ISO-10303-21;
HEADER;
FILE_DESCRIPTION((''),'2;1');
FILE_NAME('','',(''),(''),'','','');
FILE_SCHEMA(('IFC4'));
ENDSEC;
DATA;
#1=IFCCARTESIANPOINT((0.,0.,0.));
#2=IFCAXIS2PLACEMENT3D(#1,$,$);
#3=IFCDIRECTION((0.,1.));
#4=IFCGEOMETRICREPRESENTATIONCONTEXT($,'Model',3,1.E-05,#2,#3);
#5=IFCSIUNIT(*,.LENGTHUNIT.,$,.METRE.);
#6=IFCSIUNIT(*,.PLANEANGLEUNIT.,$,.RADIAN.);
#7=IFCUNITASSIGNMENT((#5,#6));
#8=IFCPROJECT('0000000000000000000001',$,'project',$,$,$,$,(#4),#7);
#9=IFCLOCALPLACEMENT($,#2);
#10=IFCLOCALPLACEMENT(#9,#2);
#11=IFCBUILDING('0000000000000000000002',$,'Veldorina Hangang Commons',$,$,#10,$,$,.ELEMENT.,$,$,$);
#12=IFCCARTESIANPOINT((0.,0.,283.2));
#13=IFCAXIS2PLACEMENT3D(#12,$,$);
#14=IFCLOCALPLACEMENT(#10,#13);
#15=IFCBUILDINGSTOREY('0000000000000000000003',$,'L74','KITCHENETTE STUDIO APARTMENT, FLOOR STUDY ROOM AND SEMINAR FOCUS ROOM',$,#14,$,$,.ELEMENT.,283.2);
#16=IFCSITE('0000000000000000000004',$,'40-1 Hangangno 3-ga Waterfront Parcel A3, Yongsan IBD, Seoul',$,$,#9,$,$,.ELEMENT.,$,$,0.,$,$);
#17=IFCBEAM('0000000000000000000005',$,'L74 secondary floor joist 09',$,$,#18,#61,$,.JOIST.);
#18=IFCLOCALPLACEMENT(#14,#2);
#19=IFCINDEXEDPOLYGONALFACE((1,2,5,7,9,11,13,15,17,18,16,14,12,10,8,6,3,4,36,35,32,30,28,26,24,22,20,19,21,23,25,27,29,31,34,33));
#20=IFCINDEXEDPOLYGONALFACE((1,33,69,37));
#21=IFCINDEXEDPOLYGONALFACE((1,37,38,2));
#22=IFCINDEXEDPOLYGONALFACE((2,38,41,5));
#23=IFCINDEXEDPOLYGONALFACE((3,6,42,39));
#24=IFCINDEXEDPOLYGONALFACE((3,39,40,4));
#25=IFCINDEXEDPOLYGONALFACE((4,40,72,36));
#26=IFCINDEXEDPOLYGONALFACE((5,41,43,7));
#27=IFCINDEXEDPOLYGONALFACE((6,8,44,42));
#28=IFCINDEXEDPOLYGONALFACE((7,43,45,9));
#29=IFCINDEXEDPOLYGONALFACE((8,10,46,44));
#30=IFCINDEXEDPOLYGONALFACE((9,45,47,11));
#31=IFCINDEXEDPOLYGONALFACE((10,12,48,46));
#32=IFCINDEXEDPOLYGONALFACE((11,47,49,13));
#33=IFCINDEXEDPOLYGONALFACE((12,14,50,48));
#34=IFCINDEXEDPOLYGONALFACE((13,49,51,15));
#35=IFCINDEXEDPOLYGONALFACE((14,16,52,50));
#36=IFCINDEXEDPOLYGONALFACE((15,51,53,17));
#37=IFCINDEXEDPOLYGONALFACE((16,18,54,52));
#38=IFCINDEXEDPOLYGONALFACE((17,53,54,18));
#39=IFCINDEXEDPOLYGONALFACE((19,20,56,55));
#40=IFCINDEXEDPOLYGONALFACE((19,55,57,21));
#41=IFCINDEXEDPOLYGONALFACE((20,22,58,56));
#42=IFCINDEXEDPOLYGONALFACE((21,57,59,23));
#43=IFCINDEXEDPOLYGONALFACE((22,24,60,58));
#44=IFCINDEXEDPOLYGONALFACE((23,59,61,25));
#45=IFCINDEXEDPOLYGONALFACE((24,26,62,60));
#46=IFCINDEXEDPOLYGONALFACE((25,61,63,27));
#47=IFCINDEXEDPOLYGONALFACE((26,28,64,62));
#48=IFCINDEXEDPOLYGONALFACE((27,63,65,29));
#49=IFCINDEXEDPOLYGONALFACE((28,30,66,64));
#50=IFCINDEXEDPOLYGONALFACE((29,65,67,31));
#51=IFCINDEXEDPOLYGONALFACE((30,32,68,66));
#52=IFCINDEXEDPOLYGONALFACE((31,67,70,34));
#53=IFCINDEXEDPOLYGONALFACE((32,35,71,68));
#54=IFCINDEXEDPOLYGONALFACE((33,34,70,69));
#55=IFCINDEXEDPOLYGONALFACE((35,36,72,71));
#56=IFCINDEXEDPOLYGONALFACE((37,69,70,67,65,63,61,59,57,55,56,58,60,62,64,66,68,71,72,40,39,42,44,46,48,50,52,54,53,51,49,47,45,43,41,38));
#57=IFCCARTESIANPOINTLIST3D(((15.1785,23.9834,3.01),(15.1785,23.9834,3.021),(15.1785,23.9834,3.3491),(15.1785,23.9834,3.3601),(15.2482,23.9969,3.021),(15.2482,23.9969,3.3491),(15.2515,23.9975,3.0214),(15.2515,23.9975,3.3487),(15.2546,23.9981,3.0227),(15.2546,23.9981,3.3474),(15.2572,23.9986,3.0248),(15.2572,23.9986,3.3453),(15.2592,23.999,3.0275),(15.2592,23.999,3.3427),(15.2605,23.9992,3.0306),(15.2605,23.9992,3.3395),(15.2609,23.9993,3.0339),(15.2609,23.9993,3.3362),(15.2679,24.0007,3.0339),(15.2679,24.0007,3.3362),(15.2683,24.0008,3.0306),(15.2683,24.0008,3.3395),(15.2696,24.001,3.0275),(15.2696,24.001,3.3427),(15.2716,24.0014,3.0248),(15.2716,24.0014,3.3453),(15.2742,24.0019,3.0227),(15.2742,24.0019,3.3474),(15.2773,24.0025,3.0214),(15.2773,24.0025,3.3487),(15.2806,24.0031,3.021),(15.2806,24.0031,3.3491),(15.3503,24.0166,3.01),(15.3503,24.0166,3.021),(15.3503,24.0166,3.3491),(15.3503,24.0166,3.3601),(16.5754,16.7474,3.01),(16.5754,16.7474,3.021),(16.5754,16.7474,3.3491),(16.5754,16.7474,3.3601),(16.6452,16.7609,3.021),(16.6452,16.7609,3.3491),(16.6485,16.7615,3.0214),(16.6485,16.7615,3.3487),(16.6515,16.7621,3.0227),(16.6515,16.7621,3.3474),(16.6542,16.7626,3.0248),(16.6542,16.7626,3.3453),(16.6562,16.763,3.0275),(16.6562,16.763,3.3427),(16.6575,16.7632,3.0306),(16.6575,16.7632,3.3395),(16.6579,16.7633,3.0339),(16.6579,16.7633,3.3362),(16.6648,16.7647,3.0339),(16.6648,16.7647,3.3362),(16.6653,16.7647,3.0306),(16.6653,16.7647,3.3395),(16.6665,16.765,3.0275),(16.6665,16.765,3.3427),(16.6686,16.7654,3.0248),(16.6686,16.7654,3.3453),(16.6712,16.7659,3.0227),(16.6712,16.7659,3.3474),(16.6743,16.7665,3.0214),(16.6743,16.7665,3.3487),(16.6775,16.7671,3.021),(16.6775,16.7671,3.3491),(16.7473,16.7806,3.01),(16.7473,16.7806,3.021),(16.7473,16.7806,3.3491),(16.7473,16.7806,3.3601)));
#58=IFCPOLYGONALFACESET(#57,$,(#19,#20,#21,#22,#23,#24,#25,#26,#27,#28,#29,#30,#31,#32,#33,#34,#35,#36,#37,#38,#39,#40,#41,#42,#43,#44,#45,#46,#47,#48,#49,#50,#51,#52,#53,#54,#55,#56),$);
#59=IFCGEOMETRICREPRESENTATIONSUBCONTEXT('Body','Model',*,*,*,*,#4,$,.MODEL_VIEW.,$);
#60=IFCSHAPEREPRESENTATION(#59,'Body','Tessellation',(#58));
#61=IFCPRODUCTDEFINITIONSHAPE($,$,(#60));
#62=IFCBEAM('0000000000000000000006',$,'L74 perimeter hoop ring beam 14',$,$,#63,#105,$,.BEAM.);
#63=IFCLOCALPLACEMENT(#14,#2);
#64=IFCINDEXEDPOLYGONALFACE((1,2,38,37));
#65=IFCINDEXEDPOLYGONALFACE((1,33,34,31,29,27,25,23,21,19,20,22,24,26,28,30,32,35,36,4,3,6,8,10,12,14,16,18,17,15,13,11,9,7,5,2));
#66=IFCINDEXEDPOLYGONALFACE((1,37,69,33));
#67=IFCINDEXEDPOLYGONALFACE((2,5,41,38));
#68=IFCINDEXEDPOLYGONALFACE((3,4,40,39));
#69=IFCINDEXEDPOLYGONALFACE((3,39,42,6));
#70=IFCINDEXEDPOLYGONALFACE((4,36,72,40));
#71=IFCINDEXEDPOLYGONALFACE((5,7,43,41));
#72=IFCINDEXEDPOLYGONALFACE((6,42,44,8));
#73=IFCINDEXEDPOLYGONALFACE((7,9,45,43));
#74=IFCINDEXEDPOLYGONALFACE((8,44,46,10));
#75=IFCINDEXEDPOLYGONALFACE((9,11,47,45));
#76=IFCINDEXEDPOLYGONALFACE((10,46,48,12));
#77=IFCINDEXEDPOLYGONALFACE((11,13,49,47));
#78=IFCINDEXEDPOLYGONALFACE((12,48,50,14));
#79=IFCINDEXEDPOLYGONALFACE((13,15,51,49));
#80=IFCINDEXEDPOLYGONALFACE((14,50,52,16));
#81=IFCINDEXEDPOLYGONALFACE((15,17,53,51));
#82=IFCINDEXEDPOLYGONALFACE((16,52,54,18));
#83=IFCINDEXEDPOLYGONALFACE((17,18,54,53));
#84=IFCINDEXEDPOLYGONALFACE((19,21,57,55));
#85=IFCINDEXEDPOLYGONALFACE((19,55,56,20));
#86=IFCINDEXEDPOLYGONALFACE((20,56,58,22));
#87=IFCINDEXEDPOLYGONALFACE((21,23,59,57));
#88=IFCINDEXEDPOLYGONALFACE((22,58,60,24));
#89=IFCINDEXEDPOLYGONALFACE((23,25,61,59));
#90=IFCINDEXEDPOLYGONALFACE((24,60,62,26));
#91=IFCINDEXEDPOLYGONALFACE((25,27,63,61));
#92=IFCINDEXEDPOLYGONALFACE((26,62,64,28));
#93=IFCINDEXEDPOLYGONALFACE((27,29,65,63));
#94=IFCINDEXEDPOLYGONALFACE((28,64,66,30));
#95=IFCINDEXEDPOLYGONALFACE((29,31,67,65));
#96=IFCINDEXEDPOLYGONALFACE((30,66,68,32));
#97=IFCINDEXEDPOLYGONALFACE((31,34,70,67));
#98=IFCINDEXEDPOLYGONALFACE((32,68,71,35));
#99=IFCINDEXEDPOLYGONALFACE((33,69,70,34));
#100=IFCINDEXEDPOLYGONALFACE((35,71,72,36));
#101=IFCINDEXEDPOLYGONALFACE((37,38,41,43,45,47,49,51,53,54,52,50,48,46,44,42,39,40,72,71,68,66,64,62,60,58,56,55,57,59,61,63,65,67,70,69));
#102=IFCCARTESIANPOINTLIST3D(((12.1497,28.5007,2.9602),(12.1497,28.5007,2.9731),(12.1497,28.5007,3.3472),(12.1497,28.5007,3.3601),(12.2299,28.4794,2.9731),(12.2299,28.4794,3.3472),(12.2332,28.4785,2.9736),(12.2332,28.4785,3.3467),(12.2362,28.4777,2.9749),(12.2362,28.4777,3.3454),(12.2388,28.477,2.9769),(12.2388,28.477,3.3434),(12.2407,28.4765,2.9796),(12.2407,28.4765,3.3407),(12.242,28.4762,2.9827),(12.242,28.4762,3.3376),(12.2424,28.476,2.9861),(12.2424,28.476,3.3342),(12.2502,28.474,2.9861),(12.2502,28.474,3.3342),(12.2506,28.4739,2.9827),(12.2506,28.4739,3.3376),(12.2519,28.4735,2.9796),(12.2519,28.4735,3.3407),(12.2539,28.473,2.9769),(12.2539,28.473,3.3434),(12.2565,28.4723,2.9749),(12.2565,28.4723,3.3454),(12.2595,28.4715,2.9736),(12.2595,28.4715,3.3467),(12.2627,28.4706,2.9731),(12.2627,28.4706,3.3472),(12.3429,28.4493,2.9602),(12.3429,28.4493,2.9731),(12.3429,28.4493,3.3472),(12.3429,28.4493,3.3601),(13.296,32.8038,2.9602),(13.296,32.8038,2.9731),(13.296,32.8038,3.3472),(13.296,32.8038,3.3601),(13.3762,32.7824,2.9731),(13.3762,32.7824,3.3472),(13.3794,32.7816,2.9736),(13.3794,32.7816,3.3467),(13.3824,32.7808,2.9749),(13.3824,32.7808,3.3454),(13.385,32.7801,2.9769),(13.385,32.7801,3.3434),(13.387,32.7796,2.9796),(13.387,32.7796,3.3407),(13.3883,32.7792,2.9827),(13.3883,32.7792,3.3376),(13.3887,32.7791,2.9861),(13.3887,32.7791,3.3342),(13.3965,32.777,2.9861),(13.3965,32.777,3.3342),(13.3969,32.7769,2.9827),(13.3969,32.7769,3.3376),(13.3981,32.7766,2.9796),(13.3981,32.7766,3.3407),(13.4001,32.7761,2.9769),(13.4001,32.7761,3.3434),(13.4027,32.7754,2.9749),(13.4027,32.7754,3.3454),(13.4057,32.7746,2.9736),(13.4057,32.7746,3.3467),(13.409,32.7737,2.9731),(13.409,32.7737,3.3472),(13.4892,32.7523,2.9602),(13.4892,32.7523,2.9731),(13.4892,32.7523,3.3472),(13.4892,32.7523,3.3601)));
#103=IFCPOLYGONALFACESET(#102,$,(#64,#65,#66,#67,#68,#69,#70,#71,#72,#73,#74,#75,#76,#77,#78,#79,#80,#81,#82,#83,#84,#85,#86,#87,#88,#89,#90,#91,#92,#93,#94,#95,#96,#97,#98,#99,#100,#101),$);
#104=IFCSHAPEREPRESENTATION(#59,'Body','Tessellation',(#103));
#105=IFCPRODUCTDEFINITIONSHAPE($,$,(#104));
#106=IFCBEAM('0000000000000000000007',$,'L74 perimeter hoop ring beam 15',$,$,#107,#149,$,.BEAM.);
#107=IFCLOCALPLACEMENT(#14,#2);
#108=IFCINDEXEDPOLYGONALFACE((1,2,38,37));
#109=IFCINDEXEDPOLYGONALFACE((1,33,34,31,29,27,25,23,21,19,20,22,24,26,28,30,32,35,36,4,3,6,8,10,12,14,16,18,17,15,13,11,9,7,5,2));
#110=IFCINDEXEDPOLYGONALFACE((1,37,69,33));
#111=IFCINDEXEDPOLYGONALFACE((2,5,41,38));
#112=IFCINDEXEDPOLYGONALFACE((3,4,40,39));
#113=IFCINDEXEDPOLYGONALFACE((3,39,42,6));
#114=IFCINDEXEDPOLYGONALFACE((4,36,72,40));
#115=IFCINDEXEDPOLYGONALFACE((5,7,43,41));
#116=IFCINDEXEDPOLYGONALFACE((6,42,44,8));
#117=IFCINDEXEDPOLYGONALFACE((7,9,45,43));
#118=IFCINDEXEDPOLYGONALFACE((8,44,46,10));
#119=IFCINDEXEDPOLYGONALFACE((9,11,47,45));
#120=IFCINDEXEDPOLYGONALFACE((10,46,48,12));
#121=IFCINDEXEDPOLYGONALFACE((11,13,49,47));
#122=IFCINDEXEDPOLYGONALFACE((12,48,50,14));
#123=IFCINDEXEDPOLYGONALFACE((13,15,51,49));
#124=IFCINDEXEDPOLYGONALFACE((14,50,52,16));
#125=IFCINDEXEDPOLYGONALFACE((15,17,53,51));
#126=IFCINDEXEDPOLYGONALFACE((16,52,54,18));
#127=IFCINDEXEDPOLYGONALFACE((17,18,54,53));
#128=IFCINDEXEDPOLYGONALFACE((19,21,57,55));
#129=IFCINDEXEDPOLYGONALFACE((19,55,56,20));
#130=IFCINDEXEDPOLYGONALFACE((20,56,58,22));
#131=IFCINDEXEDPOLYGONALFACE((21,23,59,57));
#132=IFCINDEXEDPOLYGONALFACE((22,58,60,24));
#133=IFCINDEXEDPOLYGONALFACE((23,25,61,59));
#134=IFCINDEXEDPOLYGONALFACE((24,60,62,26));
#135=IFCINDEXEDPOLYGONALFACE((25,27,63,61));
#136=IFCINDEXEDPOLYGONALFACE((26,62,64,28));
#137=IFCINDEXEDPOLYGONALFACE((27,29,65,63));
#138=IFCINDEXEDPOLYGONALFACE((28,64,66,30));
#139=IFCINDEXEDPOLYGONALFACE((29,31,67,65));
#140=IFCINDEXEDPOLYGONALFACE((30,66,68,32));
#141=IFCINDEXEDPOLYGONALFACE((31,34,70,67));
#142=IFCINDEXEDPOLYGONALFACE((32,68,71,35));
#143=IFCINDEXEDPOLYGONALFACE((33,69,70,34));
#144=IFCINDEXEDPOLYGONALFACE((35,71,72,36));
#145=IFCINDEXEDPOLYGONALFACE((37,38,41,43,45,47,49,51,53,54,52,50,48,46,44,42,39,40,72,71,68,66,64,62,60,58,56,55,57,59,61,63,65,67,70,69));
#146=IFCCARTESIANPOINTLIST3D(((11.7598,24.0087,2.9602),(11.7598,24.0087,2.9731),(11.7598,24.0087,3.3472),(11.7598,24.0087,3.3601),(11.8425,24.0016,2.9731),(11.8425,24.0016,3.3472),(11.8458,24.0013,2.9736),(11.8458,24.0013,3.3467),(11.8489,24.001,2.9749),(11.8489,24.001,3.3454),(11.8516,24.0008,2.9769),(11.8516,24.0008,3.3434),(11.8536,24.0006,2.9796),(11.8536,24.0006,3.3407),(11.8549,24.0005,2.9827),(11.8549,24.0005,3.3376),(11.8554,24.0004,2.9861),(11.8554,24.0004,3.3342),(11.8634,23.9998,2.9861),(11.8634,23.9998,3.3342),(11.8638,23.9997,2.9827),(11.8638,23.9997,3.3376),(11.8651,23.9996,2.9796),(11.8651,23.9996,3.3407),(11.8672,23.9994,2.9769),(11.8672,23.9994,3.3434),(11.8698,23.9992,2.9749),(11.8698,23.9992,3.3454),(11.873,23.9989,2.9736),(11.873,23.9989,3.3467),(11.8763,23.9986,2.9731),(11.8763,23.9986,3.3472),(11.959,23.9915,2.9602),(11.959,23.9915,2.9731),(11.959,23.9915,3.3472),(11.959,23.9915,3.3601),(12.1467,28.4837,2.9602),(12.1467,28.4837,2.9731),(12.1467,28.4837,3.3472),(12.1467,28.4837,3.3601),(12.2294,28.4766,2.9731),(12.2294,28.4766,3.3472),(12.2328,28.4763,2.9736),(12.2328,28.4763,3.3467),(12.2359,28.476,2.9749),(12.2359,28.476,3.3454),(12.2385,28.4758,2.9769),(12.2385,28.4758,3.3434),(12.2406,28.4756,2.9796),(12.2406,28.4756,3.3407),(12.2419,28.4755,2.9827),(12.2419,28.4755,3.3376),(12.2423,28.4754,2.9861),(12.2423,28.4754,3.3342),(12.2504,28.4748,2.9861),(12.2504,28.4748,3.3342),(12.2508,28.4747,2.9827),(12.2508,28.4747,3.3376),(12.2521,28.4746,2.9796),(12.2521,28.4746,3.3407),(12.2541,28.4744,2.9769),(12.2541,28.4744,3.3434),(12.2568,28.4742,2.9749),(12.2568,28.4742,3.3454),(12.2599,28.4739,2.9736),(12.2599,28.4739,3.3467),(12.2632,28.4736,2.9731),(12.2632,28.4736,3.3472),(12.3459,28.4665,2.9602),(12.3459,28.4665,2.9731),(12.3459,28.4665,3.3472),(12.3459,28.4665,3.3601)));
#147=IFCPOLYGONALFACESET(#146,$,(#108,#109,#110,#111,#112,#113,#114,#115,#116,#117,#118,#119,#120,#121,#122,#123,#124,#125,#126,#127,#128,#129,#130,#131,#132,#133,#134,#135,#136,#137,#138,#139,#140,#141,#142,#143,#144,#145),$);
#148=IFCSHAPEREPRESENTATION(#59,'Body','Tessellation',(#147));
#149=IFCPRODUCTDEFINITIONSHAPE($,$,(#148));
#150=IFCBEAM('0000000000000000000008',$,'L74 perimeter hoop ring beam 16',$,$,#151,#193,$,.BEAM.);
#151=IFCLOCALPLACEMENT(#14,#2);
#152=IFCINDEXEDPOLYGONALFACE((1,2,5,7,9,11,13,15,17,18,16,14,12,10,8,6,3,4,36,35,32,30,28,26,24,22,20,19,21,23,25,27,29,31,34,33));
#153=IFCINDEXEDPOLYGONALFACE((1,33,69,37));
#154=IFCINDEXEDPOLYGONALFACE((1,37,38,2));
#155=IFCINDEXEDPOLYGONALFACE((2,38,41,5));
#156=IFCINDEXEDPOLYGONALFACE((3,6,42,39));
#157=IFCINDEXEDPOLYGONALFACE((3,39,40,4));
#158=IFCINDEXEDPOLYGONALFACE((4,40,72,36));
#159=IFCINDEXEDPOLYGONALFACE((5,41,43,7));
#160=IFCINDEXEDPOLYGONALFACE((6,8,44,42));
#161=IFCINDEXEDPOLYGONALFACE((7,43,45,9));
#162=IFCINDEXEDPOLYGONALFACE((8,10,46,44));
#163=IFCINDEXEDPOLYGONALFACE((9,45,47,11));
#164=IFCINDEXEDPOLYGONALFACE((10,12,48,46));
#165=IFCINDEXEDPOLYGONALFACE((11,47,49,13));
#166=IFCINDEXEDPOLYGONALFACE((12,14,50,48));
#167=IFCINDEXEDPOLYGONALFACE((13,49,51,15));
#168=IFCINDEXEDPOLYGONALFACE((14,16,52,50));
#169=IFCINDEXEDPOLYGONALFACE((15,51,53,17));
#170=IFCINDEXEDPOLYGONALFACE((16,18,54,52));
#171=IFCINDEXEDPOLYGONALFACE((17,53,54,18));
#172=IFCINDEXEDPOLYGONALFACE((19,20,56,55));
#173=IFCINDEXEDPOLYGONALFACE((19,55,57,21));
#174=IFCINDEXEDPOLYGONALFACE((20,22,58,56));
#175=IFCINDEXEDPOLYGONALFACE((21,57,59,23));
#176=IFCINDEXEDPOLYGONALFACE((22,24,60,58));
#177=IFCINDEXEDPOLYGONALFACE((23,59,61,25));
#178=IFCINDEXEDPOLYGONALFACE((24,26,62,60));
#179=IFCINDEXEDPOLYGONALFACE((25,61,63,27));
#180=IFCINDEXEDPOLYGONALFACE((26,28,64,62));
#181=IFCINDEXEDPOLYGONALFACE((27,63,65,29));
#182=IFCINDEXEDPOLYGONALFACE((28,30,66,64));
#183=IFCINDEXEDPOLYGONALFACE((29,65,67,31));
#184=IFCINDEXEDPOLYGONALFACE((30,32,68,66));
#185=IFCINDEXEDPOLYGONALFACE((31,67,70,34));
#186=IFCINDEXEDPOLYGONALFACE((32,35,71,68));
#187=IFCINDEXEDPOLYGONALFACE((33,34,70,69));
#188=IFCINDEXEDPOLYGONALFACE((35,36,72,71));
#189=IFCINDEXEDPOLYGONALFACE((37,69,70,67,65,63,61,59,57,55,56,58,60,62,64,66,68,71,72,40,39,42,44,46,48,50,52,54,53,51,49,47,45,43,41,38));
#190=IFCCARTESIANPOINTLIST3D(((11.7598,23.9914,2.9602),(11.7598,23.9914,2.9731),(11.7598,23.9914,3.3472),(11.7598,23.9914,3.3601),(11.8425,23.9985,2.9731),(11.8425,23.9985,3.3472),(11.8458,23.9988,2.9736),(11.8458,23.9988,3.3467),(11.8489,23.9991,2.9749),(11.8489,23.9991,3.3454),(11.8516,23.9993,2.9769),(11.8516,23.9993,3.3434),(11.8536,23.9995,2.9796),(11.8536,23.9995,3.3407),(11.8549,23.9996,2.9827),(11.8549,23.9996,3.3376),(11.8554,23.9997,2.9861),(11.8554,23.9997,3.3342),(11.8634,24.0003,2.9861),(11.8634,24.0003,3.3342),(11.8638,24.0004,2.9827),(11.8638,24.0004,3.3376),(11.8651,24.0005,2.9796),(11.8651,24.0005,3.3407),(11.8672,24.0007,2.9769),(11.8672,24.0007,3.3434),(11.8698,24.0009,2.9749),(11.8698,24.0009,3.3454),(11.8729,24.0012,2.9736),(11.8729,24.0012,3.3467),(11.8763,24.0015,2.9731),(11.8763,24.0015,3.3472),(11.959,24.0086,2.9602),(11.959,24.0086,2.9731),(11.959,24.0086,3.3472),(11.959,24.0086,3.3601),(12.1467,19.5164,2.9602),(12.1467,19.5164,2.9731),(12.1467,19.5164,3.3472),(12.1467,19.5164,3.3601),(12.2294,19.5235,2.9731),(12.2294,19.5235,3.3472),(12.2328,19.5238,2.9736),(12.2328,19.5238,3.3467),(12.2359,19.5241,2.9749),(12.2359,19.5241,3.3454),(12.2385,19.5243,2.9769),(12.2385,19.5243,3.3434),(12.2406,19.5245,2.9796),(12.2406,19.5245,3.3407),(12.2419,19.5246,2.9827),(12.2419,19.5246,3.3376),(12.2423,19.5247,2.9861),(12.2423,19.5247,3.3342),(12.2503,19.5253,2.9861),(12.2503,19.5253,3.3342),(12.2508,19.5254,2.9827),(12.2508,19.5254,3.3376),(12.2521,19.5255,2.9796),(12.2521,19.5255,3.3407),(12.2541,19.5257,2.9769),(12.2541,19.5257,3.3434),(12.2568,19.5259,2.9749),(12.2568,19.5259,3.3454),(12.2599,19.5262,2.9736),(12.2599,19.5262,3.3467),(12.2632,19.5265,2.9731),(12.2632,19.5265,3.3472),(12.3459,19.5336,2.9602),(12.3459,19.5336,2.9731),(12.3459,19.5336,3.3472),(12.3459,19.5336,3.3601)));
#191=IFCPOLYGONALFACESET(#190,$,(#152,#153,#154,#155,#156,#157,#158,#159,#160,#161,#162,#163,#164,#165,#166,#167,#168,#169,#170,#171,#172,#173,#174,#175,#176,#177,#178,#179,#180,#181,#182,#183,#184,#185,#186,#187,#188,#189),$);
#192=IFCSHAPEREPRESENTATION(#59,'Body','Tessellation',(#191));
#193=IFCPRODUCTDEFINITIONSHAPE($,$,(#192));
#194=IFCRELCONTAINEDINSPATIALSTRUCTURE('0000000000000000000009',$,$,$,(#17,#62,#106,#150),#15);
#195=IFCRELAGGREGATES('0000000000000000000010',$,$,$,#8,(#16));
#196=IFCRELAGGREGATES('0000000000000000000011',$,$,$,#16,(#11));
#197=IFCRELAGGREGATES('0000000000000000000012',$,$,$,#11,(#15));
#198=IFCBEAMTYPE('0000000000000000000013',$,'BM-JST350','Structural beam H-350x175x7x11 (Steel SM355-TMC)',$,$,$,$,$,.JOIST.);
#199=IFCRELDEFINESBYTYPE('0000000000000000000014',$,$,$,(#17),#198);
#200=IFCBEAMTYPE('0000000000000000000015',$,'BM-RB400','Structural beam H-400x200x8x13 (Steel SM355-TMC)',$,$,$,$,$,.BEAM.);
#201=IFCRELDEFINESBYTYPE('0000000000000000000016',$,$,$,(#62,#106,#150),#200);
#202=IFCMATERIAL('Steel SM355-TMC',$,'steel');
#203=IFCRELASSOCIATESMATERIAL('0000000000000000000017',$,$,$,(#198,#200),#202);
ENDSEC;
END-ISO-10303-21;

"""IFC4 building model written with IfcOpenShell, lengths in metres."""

from ifc_helpers import new_model, si_unit, direction, frame, origin, origin_2d, place, context, subcontext, project, spatial, i_section, extrude, material, material_profile, profile_set, type_object, element, save


model = new_model("IFC4")

# Units and contexts
model_context = context("Model", 3, precision=1e-05, world=origin(), true_north=direction((0.0, 1.0)))
body_context = subcontext(model_context, "Body", "Model", "MODEL_VIEW")
ifc_project = project(units=[si_unit("LENGTHUNIT", "METRE"), si_unit("PLANEANGLEUNIT", "RADIAN")], contexts=[model_context])

# Site, building, storey
site_placement = place(None, origin())
site = spatial("IfcSite", under=ifc_project, at=site_placement, Name="40-1 Hangangno 3-ga Waterfront Parcel A3, Yongsan IBD, Seoul", CompositionType="ELEMENT", RefElevation=0.0)
building_placement = place(site_placement, origin())
building = spatial("IfcBuilding", under=site, at=building_placement, Name="Veldorina Hangang Commons", CompositionType="ELEMENT")
storey_placement = place(building_placement, frame((0.0, 0.0, 283.2)))
storey = spatial("IfcBuildingStorey", under=building, at=storey_placement, Name="L74", Description="KITCHENETTE STUDIO APARTMENT, FLOOR STUDY ROOM AND SEMINAR FOCUS ROOM", CompositionType="ELEMENT", Elevation=283.2)

# Beams
ifc_material_1 = material(Name="Steel SM355-TMC", Category="steel")
ifc_material_profile_1 = material_profile(ifc_material_1, i_section(OverallWidth=0.175, OverallDepth=0.3501, WebThickness=0.0071, FlangeThickness=0.011, FilletRadius=0.0129, at=origin_2d()), Name="H-350x175x7x11")
ifc_profile_set_1 = profile_set([ifc_material_profile_1], Name="Steel SM355-TMC")
beam_type_1 = type_object("IfcBeamType", Name="BM-JST350", Description="Structural beam H-350x175x7x11 (Steel SM355-TMC)", PredefinedType="JOIST", material=ifc_profile_set_1)
beam_1_placement = place(storey_placement, frame((15.2644, 24.0, 3.1851), z_axis=(0.189556, -0.98187, 0.0), x_axis=(0.98187, 0.189556, 0.0)))
element("IfcBeam", 1, at=beam_1_placement, inside=storey, type_object=beam_type_1, Name="L74 secondary floor joist 09", PredefinedType="JOIST", context=body_context, shape_type="SweptSolid", body=[
    extrude(i_section(OverallWidth=0.175, OverallDepth=0.3501, WebThickness=0.0071, FlangeThickness=0.011, FilletRadius=0.0129, at=origin_2d()), origin(), (0.0, 0.0, 1.0), 7.3696),
])
ifc_material_profile_2 = material_profile(ifc_material_1, i_section(OverallWidth=0.2, OverallDepth=0.3999, WebThickness=0.0081, FlangeThickness=0.0129, FilletRadius=0.0129, at=origin_2d()), Name="H-400x200x8x13")
ifc_profile_set_2 = profile_set([ifc_material_profile_2], Name="Steel SM355-TMC")
beam_type_2 = type_object("IfcBeamType", Name="BM-RB400", Description="Structural beam H-400x200x8x13 (Steel SM355-TMC)", PredefinedType="BEAM", material=ifc_profile_set_2)
beam_2_placement = place(storey_placement, frame((13.3926, 32.7781, 3.1602), z_axis=(-0.257407, -0.966303, 0.0), x_axis=(0.966303, -0.257407, 0.0)))
element("IfcBeam", 2, at=beam_2_placement, inside=storey, type_object=beam_type_2, Name="L74 perimeter hoop ring beam 14", PredefinedType="BEAM", context=body_context, shape_type="SweptSolid", body=[
    extrude(i_section(OverallWidth=0.2, OverallDepth=0.3999, WebThickness=0.0081, FlangeThickness=0.0129, FilletRadius=0.0129, at=origin_2d()), origin(), (0.0, 0.0, 1.0), 4.4531),
])
for number, where, z_axis, x_axis, name in (
    (3, (12.2463, 28.4751, 3.1602), (-0.086149, -0.996282, 0.0), (0.996282, -0.086149, 0.0), "L74 perimeter hoop ring beam 15"),
    (4, (11.8594, 24.0, 3.1602), (0.086149, -0.996282, 0.0), (0.996282, 0.086149, 0.0), "L74 perimeter hoop ring beam 16"),
):
    element("IfcBeam", number, at=place(storey_placement, frame(where, z_axis=z_axis, x_axis=x_axis)), inside=storey, type_object=beam_type_2, Name=name, PredefinedType="BEAM", context=body_context, shape_type="SweptSolid", body=[
        extrude(i_section(OverallWidth=0.2, OverallDepth=0.3999, WebThickness=0.0081, FlangeThickness=0.0129, FilletRadius=0.0129, at=origin_2d()), origin(), (0.0, 0.0, 1.0), 4.4917),
    ])

save(model, "model.ifc")
